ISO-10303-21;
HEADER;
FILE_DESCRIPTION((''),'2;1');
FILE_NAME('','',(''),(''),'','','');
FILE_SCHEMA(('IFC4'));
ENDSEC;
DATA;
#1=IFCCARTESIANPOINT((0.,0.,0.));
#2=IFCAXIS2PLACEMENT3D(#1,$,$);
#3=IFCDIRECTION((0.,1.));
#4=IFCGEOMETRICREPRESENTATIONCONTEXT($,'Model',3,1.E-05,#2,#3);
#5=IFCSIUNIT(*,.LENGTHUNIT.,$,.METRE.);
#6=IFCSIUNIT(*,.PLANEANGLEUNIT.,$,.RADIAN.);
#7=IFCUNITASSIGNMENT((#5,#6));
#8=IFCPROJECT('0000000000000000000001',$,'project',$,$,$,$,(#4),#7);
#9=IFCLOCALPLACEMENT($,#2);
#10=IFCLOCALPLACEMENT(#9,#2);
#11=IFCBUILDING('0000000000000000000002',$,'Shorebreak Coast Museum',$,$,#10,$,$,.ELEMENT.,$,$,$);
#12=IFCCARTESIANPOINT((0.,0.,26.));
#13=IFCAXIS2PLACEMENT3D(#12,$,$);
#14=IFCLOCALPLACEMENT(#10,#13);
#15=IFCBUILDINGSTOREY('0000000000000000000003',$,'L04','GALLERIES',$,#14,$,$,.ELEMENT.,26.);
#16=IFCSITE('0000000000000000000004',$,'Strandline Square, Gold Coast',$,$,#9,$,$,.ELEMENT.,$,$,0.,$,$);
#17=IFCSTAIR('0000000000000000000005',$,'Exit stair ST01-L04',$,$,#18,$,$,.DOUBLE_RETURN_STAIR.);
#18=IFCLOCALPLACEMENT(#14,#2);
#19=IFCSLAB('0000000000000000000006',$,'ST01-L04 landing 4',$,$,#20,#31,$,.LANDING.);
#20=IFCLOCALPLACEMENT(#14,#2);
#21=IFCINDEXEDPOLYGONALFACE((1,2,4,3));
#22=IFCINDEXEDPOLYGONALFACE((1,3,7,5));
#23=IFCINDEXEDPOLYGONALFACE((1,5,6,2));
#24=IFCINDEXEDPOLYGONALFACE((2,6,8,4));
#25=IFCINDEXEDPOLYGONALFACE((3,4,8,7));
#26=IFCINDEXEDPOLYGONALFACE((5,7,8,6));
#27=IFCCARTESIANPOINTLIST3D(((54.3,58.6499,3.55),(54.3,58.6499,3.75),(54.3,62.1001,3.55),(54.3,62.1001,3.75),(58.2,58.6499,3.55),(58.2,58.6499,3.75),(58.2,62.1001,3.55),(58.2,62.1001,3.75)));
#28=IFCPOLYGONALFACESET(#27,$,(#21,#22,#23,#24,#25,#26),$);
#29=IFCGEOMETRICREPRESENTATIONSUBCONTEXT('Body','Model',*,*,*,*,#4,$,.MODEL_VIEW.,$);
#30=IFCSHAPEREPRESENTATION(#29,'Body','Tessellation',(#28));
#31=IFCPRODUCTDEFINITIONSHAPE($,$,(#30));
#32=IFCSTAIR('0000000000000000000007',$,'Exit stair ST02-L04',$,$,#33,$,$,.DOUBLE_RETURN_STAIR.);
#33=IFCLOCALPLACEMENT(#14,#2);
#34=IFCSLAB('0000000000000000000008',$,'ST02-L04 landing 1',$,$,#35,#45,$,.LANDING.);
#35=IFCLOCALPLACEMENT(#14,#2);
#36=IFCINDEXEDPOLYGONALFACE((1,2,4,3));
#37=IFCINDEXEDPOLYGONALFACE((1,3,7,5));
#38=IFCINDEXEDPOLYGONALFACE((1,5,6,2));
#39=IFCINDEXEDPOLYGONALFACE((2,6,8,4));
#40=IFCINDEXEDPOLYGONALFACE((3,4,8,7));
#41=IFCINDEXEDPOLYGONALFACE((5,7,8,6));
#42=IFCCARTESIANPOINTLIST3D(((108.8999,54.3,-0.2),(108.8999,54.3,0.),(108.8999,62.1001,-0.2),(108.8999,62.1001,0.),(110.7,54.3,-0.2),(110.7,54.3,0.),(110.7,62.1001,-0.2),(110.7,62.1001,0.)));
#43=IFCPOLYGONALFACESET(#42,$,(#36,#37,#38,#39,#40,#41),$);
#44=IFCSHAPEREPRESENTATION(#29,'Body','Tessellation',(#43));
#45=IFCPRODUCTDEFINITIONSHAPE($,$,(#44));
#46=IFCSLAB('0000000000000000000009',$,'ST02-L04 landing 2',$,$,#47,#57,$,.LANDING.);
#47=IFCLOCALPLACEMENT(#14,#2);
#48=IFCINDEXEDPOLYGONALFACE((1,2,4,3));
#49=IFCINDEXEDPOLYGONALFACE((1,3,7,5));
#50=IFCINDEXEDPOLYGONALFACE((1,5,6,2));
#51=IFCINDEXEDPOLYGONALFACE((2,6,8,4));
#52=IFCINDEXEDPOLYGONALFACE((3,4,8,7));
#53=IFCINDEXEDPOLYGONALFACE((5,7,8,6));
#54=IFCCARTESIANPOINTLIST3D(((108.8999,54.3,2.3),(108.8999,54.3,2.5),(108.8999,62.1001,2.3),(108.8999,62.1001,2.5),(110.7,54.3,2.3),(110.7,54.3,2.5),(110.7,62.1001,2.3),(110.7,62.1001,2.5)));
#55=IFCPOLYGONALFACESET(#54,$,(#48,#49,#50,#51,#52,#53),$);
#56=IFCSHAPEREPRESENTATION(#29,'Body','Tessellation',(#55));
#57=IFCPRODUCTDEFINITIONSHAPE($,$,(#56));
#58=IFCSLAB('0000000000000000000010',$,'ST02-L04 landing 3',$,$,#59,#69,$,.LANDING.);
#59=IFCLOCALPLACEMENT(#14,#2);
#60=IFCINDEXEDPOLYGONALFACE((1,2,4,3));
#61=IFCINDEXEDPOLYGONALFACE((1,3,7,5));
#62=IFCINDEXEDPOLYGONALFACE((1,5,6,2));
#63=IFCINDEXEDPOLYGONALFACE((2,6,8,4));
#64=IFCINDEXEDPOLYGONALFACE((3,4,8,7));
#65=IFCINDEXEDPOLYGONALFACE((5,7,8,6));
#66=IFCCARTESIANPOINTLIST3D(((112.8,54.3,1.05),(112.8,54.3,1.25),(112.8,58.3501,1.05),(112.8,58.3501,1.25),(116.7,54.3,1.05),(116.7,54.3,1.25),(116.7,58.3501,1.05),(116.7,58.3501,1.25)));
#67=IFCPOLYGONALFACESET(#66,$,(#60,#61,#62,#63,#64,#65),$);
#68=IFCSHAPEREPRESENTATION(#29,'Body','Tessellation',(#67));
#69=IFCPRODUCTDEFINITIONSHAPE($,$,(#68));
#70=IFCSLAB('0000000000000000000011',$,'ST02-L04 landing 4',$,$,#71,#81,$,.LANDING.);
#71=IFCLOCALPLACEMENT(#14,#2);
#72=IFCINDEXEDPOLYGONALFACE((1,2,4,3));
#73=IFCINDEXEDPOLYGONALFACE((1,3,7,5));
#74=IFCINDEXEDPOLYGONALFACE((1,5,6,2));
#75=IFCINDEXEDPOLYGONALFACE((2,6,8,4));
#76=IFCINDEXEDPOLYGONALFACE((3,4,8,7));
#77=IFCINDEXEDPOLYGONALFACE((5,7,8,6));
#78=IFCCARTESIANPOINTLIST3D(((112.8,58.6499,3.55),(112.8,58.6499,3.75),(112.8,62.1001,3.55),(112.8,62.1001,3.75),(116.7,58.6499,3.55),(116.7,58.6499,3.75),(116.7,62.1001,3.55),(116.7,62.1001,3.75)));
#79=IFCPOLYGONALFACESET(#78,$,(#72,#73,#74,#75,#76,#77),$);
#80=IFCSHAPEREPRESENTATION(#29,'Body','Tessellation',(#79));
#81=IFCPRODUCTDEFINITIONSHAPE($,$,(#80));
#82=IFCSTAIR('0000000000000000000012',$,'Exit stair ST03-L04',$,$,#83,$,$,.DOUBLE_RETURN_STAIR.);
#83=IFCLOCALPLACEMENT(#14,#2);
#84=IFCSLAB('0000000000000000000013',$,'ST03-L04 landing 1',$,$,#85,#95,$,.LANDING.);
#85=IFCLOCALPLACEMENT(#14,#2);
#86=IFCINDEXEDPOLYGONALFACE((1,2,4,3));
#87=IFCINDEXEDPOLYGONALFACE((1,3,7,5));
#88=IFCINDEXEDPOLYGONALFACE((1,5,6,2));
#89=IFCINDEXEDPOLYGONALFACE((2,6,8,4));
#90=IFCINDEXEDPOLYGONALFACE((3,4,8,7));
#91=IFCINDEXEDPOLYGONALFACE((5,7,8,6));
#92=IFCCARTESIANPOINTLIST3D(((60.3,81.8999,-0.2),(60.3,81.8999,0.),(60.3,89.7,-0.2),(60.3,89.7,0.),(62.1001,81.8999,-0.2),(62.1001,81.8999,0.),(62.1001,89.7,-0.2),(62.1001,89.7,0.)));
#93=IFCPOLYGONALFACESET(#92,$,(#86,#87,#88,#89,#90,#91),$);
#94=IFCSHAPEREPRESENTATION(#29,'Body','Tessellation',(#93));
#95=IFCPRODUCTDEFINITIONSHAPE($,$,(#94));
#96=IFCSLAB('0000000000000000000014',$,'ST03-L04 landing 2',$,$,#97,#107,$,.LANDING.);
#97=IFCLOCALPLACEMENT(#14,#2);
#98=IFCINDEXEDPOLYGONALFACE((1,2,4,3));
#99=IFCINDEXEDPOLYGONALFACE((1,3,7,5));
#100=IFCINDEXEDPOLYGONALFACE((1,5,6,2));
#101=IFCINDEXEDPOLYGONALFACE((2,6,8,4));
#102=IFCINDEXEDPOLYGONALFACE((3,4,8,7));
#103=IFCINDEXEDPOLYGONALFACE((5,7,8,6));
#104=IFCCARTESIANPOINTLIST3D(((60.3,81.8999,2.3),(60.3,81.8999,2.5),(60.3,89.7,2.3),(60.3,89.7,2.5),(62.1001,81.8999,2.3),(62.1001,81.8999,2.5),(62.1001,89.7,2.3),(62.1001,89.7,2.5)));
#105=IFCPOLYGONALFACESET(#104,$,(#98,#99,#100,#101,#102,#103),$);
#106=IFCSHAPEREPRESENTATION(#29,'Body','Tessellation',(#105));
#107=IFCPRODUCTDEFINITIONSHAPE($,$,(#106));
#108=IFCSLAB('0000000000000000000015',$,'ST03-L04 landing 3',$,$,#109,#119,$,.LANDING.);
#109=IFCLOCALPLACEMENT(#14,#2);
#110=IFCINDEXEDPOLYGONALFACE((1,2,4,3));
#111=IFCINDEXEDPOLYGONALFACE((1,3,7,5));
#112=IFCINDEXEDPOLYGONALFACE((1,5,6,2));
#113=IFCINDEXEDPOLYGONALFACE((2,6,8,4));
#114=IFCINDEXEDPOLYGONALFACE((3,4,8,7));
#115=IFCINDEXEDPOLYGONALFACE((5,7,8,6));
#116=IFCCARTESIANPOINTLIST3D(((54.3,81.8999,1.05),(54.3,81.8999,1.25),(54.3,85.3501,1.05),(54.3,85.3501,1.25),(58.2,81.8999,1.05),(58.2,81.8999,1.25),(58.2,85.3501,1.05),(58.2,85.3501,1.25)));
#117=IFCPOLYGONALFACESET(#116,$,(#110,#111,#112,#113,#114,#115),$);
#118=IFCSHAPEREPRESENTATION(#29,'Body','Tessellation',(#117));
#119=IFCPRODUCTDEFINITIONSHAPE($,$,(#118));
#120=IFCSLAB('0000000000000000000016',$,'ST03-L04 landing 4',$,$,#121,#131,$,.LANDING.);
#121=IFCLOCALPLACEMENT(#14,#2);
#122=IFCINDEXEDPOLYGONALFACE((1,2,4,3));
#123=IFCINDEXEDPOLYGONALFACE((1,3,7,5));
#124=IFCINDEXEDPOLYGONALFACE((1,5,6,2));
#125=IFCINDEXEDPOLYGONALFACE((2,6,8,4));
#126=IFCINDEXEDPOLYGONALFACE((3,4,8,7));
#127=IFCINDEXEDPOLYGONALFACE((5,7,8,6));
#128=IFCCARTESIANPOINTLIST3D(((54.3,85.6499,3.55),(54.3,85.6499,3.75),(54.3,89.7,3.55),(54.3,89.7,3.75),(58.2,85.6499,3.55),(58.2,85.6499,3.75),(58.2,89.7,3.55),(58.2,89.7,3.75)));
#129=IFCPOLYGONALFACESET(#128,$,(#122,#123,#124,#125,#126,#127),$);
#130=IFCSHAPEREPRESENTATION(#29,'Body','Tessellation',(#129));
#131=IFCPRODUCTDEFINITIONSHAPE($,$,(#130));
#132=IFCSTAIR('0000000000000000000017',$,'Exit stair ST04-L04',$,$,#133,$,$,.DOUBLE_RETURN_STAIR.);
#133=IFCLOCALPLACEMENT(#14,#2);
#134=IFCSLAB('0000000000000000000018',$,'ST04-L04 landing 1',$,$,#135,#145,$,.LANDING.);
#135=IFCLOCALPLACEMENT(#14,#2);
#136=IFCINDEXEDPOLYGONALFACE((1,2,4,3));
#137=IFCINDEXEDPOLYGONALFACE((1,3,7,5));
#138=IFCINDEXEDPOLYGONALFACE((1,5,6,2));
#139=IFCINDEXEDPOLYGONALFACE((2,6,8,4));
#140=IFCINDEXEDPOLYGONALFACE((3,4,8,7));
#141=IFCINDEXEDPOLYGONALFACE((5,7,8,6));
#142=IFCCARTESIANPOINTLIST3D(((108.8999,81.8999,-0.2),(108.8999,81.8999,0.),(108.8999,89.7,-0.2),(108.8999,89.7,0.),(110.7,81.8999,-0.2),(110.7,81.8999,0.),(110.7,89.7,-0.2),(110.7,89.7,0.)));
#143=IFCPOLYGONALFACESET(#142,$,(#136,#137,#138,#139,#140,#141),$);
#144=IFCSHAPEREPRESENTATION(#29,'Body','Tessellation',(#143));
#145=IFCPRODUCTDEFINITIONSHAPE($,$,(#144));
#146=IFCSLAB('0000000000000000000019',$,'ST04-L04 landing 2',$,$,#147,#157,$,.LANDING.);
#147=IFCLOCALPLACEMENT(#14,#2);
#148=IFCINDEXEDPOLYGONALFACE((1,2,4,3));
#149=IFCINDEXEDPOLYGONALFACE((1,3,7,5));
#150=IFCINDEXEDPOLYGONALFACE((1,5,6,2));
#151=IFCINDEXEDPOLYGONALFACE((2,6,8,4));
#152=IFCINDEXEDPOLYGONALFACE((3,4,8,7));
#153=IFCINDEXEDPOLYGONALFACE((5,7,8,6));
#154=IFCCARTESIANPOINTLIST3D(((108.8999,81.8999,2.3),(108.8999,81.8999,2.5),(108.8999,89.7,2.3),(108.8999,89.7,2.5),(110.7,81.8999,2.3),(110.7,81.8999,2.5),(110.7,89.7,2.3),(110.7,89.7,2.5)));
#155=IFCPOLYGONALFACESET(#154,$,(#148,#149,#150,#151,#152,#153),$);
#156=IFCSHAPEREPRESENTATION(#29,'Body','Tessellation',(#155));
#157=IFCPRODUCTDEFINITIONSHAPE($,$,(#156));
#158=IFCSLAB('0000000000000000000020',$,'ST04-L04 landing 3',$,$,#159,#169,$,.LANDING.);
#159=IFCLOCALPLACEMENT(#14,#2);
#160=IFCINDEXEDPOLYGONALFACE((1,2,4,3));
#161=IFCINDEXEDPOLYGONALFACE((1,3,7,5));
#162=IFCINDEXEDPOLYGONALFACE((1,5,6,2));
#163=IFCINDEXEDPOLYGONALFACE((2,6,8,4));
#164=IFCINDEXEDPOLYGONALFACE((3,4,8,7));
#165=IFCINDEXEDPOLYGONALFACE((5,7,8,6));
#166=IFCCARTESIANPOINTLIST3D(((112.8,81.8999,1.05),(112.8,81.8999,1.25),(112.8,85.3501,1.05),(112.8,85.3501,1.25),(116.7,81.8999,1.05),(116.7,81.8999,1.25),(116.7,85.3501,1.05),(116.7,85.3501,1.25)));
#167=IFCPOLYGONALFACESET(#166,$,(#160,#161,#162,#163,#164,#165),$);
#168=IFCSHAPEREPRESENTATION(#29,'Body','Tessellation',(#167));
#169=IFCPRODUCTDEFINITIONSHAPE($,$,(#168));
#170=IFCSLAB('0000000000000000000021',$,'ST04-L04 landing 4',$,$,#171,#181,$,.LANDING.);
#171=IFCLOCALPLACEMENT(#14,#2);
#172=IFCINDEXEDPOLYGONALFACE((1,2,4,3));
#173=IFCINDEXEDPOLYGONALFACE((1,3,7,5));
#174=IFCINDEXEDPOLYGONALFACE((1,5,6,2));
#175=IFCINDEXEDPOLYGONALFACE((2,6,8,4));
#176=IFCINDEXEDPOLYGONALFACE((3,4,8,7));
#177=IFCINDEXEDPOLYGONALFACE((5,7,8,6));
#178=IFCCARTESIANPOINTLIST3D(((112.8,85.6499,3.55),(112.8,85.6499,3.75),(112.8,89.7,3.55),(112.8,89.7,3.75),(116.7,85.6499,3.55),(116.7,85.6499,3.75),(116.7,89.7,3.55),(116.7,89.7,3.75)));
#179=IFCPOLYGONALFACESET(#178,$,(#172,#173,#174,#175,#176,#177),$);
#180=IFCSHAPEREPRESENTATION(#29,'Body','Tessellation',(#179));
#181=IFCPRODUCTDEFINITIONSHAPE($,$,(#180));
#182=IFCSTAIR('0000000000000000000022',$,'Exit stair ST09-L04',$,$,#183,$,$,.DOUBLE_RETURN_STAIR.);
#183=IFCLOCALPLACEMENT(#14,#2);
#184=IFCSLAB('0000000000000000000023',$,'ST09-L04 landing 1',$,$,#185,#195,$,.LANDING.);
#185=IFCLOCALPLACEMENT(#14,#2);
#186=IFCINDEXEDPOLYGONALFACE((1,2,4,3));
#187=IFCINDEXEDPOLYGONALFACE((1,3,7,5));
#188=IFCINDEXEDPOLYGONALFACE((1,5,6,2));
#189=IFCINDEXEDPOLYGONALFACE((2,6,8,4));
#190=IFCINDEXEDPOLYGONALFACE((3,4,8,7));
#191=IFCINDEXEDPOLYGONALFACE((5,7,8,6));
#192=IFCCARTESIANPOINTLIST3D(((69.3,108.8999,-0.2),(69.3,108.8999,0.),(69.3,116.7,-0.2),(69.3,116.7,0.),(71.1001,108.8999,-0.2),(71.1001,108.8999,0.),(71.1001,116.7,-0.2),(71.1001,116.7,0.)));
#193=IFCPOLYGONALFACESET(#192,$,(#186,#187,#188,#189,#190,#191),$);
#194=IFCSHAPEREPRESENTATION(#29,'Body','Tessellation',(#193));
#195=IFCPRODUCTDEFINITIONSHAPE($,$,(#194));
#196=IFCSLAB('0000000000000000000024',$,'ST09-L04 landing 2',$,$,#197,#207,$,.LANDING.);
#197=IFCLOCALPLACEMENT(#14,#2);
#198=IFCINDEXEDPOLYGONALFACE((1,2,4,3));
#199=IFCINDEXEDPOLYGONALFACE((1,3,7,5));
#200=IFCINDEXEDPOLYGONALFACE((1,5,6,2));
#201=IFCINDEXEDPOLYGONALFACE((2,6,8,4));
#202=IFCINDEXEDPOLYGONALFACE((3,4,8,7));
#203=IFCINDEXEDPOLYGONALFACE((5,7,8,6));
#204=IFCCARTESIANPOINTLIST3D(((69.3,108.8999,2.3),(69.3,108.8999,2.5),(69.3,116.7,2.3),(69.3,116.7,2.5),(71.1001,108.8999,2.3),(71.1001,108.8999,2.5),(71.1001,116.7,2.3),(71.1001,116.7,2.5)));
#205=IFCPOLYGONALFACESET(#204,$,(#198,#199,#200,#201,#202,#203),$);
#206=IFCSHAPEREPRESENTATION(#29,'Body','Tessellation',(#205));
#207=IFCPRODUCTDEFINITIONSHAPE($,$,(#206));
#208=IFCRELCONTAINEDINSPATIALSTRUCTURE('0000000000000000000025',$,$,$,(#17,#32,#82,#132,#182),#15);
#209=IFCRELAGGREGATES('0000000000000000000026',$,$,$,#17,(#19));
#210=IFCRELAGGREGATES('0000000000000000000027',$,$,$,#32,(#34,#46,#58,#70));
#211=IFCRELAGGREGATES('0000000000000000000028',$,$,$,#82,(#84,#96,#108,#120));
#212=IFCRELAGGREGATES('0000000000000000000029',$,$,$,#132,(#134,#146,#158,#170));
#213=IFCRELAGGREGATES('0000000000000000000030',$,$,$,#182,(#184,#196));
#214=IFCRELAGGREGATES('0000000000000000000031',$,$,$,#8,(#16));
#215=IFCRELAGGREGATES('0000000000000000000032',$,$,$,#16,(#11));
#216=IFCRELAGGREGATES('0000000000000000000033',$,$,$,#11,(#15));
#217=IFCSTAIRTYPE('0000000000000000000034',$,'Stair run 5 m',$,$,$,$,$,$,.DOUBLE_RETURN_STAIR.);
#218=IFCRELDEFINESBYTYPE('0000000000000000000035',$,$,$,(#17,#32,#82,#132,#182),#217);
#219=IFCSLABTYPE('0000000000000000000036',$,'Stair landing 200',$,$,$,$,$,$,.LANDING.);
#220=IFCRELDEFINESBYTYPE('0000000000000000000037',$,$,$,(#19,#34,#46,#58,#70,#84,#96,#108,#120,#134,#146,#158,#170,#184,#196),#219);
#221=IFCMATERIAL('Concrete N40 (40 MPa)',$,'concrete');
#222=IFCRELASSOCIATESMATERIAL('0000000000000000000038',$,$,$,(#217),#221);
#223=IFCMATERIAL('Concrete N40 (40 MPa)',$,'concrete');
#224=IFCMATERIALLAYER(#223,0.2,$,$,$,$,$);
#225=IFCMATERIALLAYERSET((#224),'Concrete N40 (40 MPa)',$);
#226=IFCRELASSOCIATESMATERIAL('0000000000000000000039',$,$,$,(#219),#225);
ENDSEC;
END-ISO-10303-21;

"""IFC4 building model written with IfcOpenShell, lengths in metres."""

from ifc_helpers import new_model, si_unit, direction, frame, origin, place, context, subcontext, project, spatial, polyline, outline, extrude, material, layer, layer_set, type_object, element, aggregate, save


model = new_model("IFC4")

# Units and contexts
model_context = context("Model", 3, precision=1e-05, world=origin(), true_north=direction((0.0, 1.0)))
body_context = subcontext(model_context, "Body", "Model", "MODEL_VIEW")
ifc_project = project(units=[si_unit("LENGTHUNIT", "METRE"), si_unit("PLANEANGLEUNIT", "RADIAN")], contexts=[model_context])

# Site, building, storey
site_placement = place(None, origin())
site = spatial("IfcSite", under=ifc_project, at=site_placement, Name="Strandline Square, Gold Coast", CompositionType="ELEMENT", RefElevation=0.0)
building_placement = place(site_placement, origin())
building = spatial("IfcBuilding", under=site, at=building_placement, Name="Shorebreak Coast Museum", CompositionType="ELEMENT")
storey_placement = place(building_placement, frame((0.0, 0.0, 26.0)))
storey = spatial("IfcBuildingStorey", under=building, at=storey_placement, Name="L04", Description="GALLERIES", CompositionType="ELEMENT", Elevation=26.0)

# Stairs, slabs
ifc_material_1 = material(Name="Concrete N40 (40 MPa)", Category="concrete")
stair_type = type_object("IfcStairType", Name="Stair run 5 m", PredefinedType="DOUBLE_RETURN_STAIR", material=ifc_material_1)
stair_1_placement = place(storey_placement, origin())
stair_1 = element("IfcStair", 1, at=stair_1_placement, inside=storey, type_object=stair_type, Name="Exit stair ST01-L04", PredefinedType="DOUBLE_RETURN_STAIR")
ifc_material_2 = material(Name="Concrete N40 (40 MPa)", Category="concrete")
ifc_layer_1 = layer(ifc_material_2, 0.2)
ifc_layer_set_1 = layer_set([ifc_layer_1], Name="Concrete N40 (40 MPa)")
slab_type_1 = type_object("IfcSlabType", Name="Stair landing 200", PredefinedType="LANDING", material=ifc_layer_set_1)
slab_1_placement = place(storey_placement, frame((0.0, 0.0, 3.55)))
slab_1 = element("IfcSlab", 2, at=slab_1_placement, type_object=slab_type_1, Name="ST01-L04 landing 4", PredefinedType="LANDING", context=body_context, shape_type="SweptSolid", body=[
    extrude(outline(polyline([(54.3, 58.6499), (58.2, 58.6499), (58.2, 62.1001), (54.3, 62.1001), (54.3, 58.6499)])), origin(), (0.0, 0.0, 1.0), 0.2),
])
aggregate(stair_1, [slab_1])
stair_2_placement = place(storey_placement, origin())
stair_2 = element("IfcStair", 3, at=stair_2_placement, inside=storey, type_object=stair_type, Name="Exit stair ST02-L04", PredefinedType="DOUBLE_RETURN_STAIR")
slab_2_placement = place(storey_placement, frame((0.0, 0.0, -0.2)))
slab_2 = element("IfcSlab", 4, at=slab_2_placement, type_object=slab_type_1, Name="ST02-L04 landing 1", PredefinedType="LANDING", context=body_context, shape_type="SweptSolid", body=[
    extrude(outline(polyline([(108.8999, 54.3), (110.7, 54.3), (110.7, 62.1001), (108.8999, 62.1001), (108.8999, 54.3)])), origin(), (0.0, 0.0, 1.0), 0.2),
])
slab_3_placement = place(storey_placement, frame((0.0, 0.0, 2.3)))
slab_3 = element("IfcSlab", 5, at=slab_3_placement, type_object=slab_type_1, Name="ST02-L04 landing 2", PredefinedType="LANDING", context=body_context, shape_type="SweptSolid", body=[
    extrude(outline(polyline([(108.8999, 54.3), (110.7, 54.3), (110.7, 62.1001), (108.8999, 62.1001), (108.8999, 54.3)])), origin(), (0.0, 0.0, 1.0), 0.2),
])
slab_4_placement = place(storey_placement, frame((0.0, 0.0, 1.05)))
slab_4 = element("IfcSlab", 6, at=slab_4_placement, type_object=slab_type_1, Name="ST02-L04 landing 3", PredefinedType="LANDING", context=body_context, shape_type="SweptSolid", body=[
    extrude(outline(polyline([(112.8, 54.3), (116.7, 54.3), (116.7, 58.3501), (112.8, 58.3501), (112.8, 54.3)])), origin(), (0.0, 0.0, 1.0), 0.2),
])
slab_5_placement = place(storey_placement, frame((0.0, 0.0, 3.55)))
slab_5 = element("IfcSlab", 7, at=slab_5_placement, type_object=slab_type_1, Name="ST02-L04 landing 4", PredefinedType="LANDING", context=body_context, shape_type="SweptSolid", body=[
    extrude(outline(polyline([(112.8, 58.6499), (116.7, 58.6499), (116.7, 62.1001), (112.8, 62.1001), (112.8, 58.6499)])), origin(), (0.0, 0.0, 1.0), 0.2),
])
aggregate(stair_2, [slab_2, slab_3, slab_4, slab_5])
stair_3_placement = place(storey_placement, origin())
stair_3 = element("IfcStair", 8, at=stair_3_placement, inside=storey, type_object=stair_type, Name="Exit stair ST03-L04", PredefinedType="DOUBLE_RETURN_STAIR")
slab_6_placement = place(storey_placement, frame((0.0, 0.0, -0.2)))
slab_6 = element("IfcSlab", 9, at=slab_6_placement, type_object=slab_type_1, Name="ST03-L04 landing 1", PredefinedType="LANDING", context=body_context, shape_type="SweptSolid", body=[
    extrude(outline(polyline([(60.3, 81.8999), (62.1001, 81.8999), (62.1001, 89.7), (60.3, 89.7), (60.3, 81.8999)])), origin(), (0.0, 0.0, 1.0), 0.2),
])
slab_7_placement = place(storey_placement, frame((0.0, 0.0, 2.3)))
slab_7 = element("IfcSlab", 10, at=slab_7_placement, type_object=slab_type_1, Name="ST03-L04 landing 2", PredefinedType="LANDING", context=body_context, shape_type="SweptSolid", body=[
    extrude(outline(polyline([(60.3, 81.8999), (62.1001, 81.8999), (62.1001, 89.7), (60.3, 89.7), (60.3, 81.8999)])), origin(), (0.0, 0.0, 1.0), 0.2),
])
slab_8_placement = place(storey_placement, frame((0.0, 0.0, 1.05)))
slab_8 = element("IfcSlab", 11, at=slab_8_placement, type_object=slab_type_1, Name="ST03-L04 landing 3", PredefinedType="LANDING", context=body_context, shape_type="SweptSolid", body=[
    extrude(outline(polyline([(54.3, 81.8999), (58.2, 81.8999), (58.2, 85.3501), (54.3, 85.3501), (54.3, 81.8999)])), origin(), (0.0, 0.0, 1.0), 0.2),
])
slab_9_placement = place(storey_placement, frame((0.0, 0.0, 3.55)))
slab_9 = element("IfcSlab", 12, at=slab_9_placement, type_object=slab_type_1, Name="ST03-L04 landing 4", PredefinedType="LANDING", context=body_context, shape_type="SweptSolid", body=[
    extrude(outline(polyline([(54.3, 85.6499), (58.2, 85.6499), (58.2, 89.7), (54.3, 89.7), (54.3, 85.6499)])), origin(), (0.0, 0.0, 1.0), 0.2),
])
aggregate(stair_3, [slab_6, slab_7, slab_8, slab_9])
stair_4_placement = place(storey_placement, origin())
stair_4 = element("IfcStair", 13, at=stair_4_placement, inside=storey, type_object=stair_type, Name="Exit stair ST04-L04", PredefinedType="DOUBLE_RETURN_STAIR")
slab_10_placement = place(storey_placement, frame((0.0, 0.0, -0.2)))
slab_10 = element("IfcSlab", 14, at=slab_10_placement, type_object=slab_type_1, Name="ST04-L04 landing 1", PredefinedType="LANDING", context=body_context, shape_type="SweptSolid", body=[
    extrude(outline(polyline([(108.8999, 81.8999), (110.7, 81.8999), (110.7, 89.7), (108.8999, 89.7), (108.8999, 81.8999)])), origin(), (0.0, 0.0, 1.0), 0.2),
])
slab_11_placement = place(storey_placement, frame((0.0, 0.0, 2.3)))
slab_11 = element("IfcSlab", 15, at=slab_11_placement, type_object=slab_type_1, Name="ST04-L04 landing 2", PredefinedType="LANDING", context=body_context, shape_type="SweptSolid", body=[
    extrude(outline(polyline([(108.8999, 81.8999), (110.7, 81.8999), (110.7, 89.7), (108.8999, 89.7), (108.8999, 81.8999)])), origin(), (0.0, 0.0, 1.0), 0.2),
])
slab_12_placement = place(storey_placement, frame((0.0, 0.0, 1.05)))
slab_12 = element("IfcSlab", 16, at=slab_12_placement, type_object=slab_type_1, Name="ST04-L04 landing 3", PredefinedType="LANDING", context=body_context, shape_type="SweptSolid", body=[
    extrude(outline(polyline([(112.8, 81.8999), (116.7, 81.8999), (116.7, 85.3501), (112.8, 85.3501), (112.8, 81.8999)])), origin(), (0.0, 0.0, 1.0), 0.2),
])
slab_13_placement = place(storey_placement, frame((0.0, 0.0, 3.55)))
slab_13 = element("IfcSlab", 17, at=slab_13_placement, type_object=slab_type_1, Name="ST04-L04 landing 4", PredefinedType="LANDING", context=body_context, shape_type="SweptSolid", body=[
    extrude(outline(polyline([(112.8, 85.6499), (116.7, 85.6499), (116.7, 89.7), (112.8, 89.7), (112.8, 85.6499)])), origin(), (0.0, 0.0, 1.0), 0.2),
])
aggregate(stair_4, [slab_10, slab_11, slab_12, slab_13])
stair_5_placement = place(storey_placement, origin())
stair_5 = element("IfcStair", 18, at=stair_5_placement, inside=storey, type_object=stair_type, Name="Exit stair ST09-L04", PredefinedType="DOUBLE_RETURN_STAIR")
slab_14_placement = place(storey_placement, frame((0.0, 0.0, -0.2)))
slab_14 = element("IfcSlab", 19, at=slab_14_placement, type_object=slab_type_1, Name="ST09-L04 landing 1", PredefinedType="LANDING", context=body_context, shape_type="SweptSolid", body=[
    extrude(outline(polyline([(69.3, 108.8999), (71.1001, 108.8999), (71.1001, 116.7), (69.3, 116.7), (69.3, 108.8999)])), origin(), (0.0, 0.0, 1.0), 0.2),
])
slab_15_placement = place(storey_placement, frame((0.0, 0.0, 2.3)))
slab_15 = element("IfcSlab", 20, at=slab_15_placement, type_object=slab_type_1, Name="ST09-L04 landing 2", PredefinedType="LANDING", context=body_context, shape_type="SweptSolid", body=[
    extrude(outline(polyline([(69.3, 108.8999), (71.1001, 108.8999), (71.1001, 116.7), (69.3, 116.7), (69.3, 108.8999)])), origin(), (0.0, 0.0, 1.0), 0.2),
])
aggregate(stair_5, [slab_14, slab_15])

save(model, "model.ifc")
